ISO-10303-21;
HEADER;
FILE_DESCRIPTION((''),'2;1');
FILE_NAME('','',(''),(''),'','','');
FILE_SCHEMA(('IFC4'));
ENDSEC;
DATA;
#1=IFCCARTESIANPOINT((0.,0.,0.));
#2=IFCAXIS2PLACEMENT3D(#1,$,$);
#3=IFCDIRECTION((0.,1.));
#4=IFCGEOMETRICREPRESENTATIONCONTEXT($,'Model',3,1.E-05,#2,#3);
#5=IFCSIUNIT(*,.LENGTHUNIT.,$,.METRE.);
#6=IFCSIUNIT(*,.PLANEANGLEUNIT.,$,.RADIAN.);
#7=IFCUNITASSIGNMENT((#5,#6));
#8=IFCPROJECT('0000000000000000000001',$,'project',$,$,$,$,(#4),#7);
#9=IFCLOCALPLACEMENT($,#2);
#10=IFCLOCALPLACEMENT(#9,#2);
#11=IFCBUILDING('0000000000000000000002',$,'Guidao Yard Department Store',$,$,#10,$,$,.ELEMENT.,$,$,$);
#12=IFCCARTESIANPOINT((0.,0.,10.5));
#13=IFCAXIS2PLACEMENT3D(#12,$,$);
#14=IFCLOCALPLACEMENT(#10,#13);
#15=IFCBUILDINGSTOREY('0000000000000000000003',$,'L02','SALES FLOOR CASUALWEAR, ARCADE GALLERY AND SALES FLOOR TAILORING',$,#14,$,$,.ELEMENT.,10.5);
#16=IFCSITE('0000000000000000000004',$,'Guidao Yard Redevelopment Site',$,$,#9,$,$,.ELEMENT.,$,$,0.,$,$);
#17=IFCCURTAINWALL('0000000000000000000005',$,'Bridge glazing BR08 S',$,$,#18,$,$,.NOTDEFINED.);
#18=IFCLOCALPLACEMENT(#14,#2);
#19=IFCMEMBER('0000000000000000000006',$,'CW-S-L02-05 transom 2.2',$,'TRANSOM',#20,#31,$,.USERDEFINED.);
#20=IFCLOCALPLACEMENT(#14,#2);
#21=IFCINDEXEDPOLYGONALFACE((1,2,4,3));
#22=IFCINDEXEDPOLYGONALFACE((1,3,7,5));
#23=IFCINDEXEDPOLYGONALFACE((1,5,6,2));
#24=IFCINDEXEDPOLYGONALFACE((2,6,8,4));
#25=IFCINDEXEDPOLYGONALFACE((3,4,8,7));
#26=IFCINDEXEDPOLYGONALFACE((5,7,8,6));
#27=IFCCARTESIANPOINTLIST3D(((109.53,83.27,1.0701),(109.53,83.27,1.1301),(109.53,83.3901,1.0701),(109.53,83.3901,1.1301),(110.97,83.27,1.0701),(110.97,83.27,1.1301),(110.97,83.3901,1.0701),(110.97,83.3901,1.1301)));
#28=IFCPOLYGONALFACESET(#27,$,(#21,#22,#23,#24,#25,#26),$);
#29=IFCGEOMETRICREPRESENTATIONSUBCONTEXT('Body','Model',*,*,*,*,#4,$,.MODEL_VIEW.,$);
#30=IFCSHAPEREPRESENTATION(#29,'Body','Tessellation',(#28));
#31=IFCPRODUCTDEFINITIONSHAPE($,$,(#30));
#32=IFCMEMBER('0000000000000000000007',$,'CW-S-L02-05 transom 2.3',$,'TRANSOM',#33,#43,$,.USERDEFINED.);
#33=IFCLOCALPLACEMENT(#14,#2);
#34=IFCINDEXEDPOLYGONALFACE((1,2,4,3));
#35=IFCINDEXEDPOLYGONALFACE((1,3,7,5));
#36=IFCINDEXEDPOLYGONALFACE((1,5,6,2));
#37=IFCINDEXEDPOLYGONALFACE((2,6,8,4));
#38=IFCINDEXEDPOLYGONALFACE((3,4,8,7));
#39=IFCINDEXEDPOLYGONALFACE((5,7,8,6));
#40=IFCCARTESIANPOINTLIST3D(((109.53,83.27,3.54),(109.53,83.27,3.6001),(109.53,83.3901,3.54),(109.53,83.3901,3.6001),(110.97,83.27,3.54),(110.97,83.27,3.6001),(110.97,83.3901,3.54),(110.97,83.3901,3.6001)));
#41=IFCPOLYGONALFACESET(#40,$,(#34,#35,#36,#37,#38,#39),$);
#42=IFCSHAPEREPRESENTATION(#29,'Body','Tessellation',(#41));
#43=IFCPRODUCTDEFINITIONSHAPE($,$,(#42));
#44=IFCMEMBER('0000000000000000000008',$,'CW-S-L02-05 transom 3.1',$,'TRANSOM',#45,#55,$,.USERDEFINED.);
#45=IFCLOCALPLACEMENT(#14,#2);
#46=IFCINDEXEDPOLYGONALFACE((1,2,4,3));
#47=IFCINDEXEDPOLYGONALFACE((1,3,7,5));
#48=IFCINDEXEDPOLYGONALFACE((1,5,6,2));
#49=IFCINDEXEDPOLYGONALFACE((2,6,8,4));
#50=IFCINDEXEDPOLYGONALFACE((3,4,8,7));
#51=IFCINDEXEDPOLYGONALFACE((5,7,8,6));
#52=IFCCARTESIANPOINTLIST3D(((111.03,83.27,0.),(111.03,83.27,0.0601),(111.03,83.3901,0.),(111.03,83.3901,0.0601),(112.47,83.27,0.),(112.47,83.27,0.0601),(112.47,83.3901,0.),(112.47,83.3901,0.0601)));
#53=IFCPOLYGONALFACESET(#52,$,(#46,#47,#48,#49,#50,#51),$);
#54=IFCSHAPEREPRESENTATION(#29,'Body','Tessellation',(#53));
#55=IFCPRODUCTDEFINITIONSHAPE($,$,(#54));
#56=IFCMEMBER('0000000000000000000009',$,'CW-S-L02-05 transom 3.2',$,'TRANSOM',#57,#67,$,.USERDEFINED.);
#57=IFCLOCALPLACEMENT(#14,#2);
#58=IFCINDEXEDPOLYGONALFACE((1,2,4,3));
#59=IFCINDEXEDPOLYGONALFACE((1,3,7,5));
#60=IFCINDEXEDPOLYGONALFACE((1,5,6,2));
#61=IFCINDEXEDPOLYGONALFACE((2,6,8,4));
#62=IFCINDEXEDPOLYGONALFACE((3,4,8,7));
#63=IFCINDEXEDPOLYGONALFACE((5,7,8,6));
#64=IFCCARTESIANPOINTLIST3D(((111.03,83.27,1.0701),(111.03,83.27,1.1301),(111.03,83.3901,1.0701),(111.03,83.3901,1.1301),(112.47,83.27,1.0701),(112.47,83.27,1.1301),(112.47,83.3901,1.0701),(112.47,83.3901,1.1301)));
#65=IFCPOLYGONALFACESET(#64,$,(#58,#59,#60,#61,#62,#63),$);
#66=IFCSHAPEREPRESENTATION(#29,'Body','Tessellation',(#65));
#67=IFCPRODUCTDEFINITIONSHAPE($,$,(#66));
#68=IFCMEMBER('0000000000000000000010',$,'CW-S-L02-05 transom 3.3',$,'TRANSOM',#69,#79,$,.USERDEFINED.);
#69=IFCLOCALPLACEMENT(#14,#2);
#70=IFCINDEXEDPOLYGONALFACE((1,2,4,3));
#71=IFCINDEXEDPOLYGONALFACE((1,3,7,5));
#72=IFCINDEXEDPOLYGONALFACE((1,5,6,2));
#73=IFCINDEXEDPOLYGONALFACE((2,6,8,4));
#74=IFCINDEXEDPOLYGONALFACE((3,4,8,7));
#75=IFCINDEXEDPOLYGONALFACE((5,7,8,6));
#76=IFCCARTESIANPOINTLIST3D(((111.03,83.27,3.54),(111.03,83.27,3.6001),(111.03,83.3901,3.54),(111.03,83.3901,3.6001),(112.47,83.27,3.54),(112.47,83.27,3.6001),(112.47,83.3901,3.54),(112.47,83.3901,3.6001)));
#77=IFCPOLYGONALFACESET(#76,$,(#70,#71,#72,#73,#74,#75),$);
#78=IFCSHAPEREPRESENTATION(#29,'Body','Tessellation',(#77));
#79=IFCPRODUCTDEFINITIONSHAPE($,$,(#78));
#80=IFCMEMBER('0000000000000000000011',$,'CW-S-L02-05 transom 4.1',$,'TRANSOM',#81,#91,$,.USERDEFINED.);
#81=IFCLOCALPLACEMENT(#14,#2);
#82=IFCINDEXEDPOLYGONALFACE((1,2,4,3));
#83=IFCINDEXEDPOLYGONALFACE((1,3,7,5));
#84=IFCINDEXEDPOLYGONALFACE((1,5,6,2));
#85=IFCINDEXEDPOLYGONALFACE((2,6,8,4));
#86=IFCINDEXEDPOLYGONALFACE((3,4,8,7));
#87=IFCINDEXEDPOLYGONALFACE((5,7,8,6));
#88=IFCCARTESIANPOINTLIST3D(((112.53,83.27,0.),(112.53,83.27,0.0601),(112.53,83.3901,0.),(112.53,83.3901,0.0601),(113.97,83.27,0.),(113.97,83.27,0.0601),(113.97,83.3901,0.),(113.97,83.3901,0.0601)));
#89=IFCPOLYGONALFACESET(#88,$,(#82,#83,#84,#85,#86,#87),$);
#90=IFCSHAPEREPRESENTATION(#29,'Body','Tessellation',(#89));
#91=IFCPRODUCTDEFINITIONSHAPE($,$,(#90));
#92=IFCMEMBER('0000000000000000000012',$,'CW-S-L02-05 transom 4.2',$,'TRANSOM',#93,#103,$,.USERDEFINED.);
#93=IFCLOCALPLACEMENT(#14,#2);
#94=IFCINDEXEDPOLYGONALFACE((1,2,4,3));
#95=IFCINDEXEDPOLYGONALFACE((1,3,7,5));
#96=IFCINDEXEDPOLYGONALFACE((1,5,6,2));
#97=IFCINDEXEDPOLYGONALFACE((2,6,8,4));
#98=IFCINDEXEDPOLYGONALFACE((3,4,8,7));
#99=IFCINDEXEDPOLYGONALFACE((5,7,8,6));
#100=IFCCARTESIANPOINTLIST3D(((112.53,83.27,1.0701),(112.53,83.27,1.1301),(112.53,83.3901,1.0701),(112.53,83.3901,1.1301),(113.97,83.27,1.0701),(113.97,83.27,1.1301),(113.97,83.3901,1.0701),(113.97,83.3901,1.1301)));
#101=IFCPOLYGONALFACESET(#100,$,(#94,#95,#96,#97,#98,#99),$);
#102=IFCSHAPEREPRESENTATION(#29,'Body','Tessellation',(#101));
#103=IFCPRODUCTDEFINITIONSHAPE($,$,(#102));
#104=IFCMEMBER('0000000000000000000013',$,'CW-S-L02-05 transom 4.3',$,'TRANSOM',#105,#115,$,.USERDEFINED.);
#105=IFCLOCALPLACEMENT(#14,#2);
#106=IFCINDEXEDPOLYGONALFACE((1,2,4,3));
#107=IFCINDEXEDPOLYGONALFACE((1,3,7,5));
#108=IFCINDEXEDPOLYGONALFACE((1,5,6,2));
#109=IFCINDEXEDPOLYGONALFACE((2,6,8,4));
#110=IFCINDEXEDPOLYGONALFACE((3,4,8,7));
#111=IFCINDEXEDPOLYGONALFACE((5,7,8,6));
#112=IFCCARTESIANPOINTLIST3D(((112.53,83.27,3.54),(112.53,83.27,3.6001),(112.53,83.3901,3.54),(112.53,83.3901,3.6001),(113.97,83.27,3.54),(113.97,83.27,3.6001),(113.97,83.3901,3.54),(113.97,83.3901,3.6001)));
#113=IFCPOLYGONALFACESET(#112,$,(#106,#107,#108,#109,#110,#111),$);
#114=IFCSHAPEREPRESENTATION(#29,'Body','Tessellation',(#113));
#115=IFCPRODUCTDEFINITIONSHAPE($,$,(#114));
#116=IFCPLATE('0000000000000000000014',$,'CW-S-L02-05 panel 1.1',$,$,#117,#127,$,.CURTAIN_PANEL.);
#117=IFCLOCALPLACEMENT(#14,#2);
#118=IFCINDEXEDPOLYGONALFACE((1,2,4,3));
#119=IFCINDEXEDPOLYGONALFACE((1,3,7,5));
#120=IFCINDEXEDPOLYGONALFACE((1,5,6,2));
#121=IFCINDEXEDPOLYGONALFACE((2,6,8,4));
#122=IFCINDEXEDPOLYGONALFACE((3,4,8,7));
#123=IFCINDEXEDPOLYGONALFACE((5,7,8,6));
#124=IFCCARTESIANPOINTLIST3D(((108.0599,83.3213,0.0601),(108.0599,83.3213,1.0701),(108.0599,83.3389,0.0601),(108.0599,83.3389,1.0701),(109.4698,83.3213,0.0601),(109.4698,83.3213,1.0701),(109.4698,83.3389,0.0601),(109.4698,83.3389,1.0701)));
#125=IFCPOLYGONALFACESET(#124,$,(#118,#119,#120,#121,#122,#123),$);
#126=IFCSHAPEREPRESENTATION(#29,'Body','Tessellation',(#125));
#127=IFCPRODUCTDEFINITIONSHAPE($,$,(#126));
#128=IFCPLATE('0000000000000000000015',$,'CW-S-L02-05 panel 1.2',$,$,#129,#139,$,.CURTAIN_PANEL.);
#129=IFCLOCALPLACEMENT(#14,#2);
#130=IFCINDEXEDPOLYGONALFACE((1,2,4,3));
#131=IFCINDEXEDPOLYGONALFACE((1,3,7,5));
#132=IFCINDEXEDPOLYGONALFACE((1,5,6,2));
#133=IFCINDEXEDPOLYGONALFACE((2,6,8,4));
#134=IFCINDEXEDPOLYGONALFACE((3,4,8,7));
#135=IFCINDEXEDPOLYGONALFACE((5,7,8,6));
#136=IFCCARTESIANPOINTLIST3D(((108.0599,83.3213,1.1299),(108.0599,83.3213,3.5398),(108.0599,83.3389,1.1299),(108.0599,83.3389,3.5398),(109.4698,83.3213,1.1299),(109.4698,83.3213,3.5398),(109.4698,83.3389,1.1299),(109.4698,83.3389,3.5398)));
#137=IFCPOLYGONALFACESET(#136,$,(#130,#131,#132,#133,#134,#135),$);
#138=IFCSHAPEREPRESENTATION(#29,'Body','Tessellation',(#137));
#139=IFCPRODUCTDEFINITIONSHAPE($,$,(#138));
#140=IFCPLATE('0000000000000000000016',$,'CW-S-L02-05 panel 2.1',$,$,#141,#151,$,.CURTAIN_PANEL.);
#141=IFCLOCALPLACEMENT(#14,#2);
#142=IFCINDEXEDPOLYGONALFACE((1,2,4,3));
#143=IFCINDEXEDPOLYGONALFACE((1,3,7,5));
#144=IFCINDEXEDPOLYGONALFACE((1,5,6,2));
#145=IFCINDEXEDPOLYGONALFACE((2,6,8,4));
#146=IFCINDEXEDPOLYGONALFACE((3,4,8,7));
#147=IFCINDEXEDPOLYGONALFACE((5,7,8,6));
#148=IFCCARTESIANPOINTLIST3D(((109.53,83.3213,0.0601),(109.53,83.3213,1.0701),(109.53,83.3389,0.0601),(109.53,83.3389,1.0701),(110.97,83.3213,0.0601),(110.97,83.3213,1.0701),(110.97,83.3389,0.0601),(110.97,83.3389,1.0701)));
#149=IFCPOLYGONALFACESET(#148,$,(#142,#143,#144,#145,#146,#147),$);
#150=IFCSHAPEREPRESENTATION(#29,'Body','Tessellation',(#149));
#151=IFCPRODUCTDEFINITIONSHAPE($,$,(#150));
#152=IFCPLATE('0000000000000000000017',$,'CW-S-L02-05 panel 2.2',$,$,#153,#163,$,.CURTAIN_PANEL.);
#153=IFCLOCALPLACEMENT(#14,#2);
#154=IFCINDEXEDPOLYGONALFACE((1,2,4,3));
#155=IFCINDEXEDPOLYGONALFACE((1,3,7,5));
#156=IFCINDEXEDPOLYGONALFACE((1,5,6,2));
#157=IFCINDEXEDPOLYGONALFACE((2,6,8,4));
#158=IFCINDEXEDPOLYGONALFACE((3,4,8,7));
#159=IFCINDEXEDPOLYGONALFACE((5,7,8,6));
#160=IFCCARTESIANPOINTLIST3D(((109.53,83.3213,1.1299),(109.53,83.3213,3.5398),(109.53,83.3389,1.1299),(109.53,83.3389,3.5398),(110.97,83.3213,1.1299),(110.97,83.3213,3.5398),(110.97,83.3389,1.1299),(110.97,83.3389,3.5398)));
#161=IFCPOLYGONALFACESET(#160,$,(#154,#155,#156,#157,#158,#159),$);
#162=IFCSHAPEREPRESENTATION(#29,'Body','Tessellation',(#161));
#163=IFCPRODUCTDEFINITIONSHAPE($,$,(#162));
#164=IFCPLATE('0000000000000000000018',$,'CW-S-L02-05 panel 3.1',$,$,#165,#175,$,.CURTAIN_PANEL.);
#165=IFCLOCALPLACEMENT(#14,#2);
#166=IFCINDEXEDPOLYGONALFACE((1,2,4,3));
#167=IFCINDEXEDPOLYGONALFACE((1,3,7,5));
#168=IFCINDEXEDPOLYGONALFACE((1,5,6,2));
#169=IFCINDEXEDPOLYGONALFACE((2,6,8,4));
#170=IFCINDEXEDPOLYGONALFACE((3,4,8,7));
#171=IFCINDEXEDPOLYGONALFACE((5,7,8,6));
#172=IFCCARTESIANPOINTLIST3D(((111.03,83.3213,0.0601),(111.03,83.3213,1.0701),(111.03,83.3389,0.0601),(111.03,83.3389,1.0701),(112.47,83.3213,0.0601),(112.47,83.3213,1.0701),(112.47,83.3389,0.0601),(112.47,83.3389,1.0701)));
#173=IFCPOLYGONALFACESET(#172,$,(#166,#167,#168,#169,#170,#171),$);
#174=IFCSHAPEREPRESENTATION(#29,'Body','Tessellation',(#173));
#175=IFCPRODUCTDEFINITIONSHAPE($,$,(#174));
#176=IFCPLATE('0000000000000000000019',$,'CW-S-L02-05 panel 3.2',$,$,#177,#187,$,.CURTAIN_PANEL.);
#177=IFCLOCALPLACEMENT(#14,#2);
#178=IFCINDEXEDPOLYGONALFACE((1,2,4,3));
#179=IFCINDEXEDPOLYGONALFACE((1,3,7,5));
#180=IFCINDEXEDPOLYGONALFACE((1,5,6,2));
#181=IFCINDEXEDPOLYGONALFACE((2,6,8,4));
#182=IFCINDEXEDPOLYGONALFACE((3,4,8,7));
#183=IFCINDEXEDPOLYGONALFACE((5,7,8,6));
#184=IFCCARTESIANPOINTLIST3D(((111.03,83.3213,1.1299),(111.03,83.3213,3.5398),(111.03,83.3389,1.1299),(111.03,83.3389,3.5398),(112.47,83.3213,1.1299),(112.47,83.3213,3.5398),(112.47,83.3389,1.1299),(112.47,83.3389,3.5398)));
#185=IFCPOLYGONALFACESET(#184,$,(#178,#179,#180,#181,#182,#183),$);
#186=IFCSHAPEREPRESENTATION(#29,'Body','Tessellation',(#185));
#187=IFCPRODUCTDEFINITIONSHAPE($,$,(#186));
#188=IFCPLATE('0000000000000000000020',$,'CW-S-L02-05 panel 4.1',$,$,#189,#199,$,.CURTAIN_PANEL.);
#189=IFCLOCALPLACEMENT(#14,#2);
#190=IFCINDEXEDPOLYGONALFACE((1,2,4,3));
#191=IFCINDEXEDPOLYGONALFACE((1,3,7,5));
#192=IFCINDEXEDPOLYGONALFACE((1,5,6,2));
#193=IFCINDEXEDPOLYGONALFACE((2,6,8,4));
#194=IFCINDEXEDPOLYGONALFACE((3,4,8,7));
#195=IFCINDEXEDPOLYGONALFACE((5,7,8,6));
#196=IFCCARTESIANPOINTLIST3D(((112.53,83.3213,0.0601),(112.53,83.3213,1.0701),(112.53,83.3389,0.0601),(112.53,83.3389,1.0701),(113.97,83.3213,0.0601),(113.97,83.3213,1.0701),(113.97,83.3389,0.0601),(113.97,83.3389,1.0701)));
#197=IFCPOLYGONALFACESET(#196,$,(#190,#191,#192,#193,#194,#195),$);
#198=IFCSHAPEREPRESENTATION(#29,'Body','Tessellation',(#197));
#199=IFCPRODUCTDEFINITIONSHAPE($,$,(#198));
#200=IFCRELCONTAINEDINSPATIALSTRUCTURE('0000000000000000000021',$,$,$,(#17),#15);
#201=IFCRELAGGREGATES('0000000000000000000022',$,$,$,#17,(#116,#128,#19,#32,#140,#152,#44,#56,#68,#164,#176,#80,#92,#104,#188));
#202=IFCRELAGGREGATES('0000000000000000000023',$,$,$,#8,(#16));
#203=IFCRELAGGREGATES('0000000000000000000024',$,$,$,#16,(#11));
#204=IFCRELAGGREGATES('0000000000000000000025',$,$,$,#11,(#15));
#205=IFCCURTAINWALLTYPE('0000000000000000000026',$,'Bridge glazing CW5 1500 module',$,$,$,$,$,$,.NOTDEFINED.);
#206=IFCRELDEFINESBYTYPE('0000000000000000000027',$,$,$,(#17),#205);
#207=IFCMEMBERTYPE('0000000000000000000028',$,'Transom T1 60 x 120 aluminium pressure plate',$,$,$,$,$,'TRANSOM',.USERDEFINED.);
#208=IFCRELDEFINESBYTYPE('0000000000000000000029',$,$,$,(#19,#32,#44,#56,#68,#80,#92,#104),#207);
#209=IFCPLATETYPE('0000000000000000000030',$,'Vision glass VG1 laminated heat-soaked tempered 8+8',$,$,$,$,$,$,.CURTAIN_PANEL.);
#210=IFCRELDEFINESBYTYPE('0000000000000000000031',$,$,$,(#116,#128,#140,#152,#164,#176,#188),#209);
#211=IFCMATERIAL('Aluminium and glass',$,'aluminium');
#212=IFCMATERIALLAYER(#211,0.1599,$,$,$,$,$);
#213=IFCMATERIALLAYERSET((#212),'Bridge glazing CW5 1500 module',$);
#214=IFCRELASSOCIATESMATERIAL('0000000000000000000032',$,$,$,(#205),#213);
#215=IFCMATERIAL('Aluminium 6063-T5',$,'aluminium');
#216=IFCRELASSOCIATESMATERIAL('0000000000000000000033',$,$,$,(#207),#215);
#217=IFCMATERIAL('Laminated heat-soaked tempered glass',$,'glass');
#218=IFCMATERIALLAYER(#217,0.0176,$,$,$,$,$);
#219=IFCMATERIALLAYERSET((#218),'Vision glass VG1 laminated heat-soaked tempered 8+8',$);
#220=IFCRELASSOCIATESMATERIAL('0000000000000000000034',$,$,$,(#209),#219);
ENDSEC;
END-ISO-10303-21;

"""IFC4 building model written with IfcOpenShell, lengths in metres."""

from ifc_helpers import new_model, si_unit, direction, frame, origin, origin_2d, place, context, subcontext, project, spatial, rectangle, extrude, material, layer, layer_set, material_profile, profile_set, type_object, element, aggregate, save


model = new_model("IFC4")

# Units and contexts
model_context = context("Model", 3, precision=1e-05, world=origin(), true_north=direction((0.0, 1.0)))
body_context = subcontext(model_context, "Body", "Model", "MODEL_VIEW")
ifc_project = project(units=[si_unit("LENGTHUNIT", "METRE"), si_unit("PLANEANGLEUNIT", "RADIAN")], contexts=[model_context])

# Site, building, storey
site_placement = place(None, origin())
site = spatial("IfcSite", under=ifc_project, at=site_placement, Name="Guidao Yard Redevelopment Site", CompositionType="ELEMENT", RefElevation=0.0)
building_placement = place(site_placement, origin())
building = spatial("IfcBuilding", under=site, at=building_placement, Name="Guidao Yard Department Store", CompositionType="ELEMENT")
storey_placement = place(building_placement, frame((0.0, 0.0, 10.5)))
storey = spatial("IfcBuildingStorey", under=building, at=storey_placement, Name="L02", Description="SALES FLOOR CASUALWEAR, ARCADE GALLERY AND SALES FLOOR TAILORING", CompositionType="ELEMENT", Elevation=10.5)

# Curtain wall, members, plates
ifc_material_1 = material(Name="Aluminium and glass", Category="aluminium")
ifc_layer_1 = layer(ifc_material_1, 0.1599)
ifc_layer_set_1 = layer_set([ifc_layer_1], Name="Bridge glazing CW5 1500 module")
curtain_wall_type = type_object("IfcCurtainWallType", Name="Bridge glazing CW5 1500 module", PredefinedType="NOTDEFINED", material=ifc_layer_set_1)
curtain_wall_placement = place(storey_placement, origin())
curtain_wall = element("IfcCurtainWall", 1, at=curtain_wall_placement, inside=storey, type_object=curtain_wall_type, Name="Bridge glazing BR08 S", PredefinedType="NOTDEFINED")
ifc_material_2 = material(Name="Aluminium 6063-T5", Category="aluminium")
ifc_material_profile_1 = material_profile(ifc_material_2, rectangle(XDim=0.1201, YDim=0.0601, at=origin_2d()), Name="Transom T1 60 x 120 aluminium pressure plate")
ifc_profile_set_1 = profile_set([ifc_material_profile_1], Name="Aluminium 6063-T5")
member_type_1 = type_object("IfcMemberType", Name="Transom T1 60 x 120 aluminium pressure plate", ElementType="TRANSOM", PredefinedType="USERDEFINED", material=ifc_profile_set_1)
member_1_placement = place(storey_placement, frame((110.97, 83.3301, 1.1001), z_axis=(-1.0, 0.0, 0.0), x_axis=(0.0, -1.0, 0.0)))
member_1 = element("IfcMember", 2, at=member_1_placement, type_object=member_type_1, Name="CW-S-L02-05 transom 2.2", ObjectType="TRANSOM", PredefinedType="USERDEFINED", context=body_context, shape_type="SweptSolid", body=[
    extrude(rectangle(XDim=0.1201, YDim=0.0601, at=origin_2d()), origin(), (0.0, 0.0, 1.0), 1.4399),
])
member_2_placement = place(storey_placement, frame((110.97, 83.3301, 3.5701), z_axis=(-1.0, 0.0, 0.0), x_axis=(0.0, -1.0, 0.0)))
member_2 = element("IfcMember", 3, at=member_2_placement, type_object=member_type_1, Name="CW-S-L02-05 transom 2.3", ObjectType="TRANSOM", PredefinedType="USERDEFINED", context=body_context, shape_type="SweptSolid", body=[
    extrude(rectangle(XDim=0.1201, YDim=0.0601, at=origin_2d()), origin(), (0.0, 0.0, 1.0), 1.4399),
])
member_3_placement = place(storey_placement, frame((112.47, 83.3301, 0.03), z_axis=(-1.0, 0.0, 0.0), x_axis=(0.0, -1.0, 0.0)))
member_3 = element("IfcMember", 4, at=member_3_placement, type_object=member_type_1, Name="CW-S-L02-05 transom 3.1", ObjectType="TRANSOM", PredefinedType="USERDEFINED", context=body_context, shape_type="SweptSolid", body=[
    extrude(rectangle(XDim=0.1201, YDim=0.0601, at=origin_2d()), origin(), (0.0, 0.0, 1.0), 1.4399),
])
member_4_placement = place(storey_placement, frame((112.47, 83.3301, 1.1001), z_axis=(-1.0, 0.0, 0.0), x_axis=(0.0, -1.0, 0.0)))
member_4 = element("IfcMember", 5, at=member_4_placement, type_object=member_type_1, Name="CW-S-L02-05 transom 3.2", ObjectType="TRANSOM", PredefinedType="USERDEFINED", context=body_context, shape_type="SweptSolid", body=[
    extrude(rectangle(XDim=0.1201, YDim=0.0601, at=origin_2d()), origin(), (0.0, 0.0, 1.0), 1.4399),
])
member_5_placement = place(storey_placement, frame((112.47, 83.3301, 3.5701), z_axis=(-1.0, 0.0, 0.0), x_axis=(0.0, -1.0, 0.0)))
member_5 = element("IfcMember", 6, at=member_5_placement, type_object=member_type_1, Name="CW-S-L02-05 transom 3.3", ObjectType="TRANSOM", PredefinedType="USERDEFINED", context=body_context, shape_type="SweptSolid", body=[
    extrude(rectangle(XDim=0.1201, YDim=0.0601, at=origin_2d()), origin(), (0.0, 0.0, 1.0), 1.4399),
])
member_6_placement = place(storey_placement, frame((113.97, 83.3301, 0.03), z_axis=(-1.0, 0.0, 0.0), x_axis=(0.0, -1.0, 0.0)))
member_6 = element("IfcMember", 7, at=member_6_placement, type_object=member_type_1, Name="CW-S-L02-05 transom 4.1", ObjectType="TRANSOM", PredefinedType="USERDEFINED", context=body_context, shape_type="SweptSolid", body=[
    extrude(rectangle(XDim=0.1201, YDim=0.0601, at=origin_2d()), origin(), (0.0, 0.0, 1.0), 1.4399),
])
member_7_placement = place(storey_placement, frame((113.97, 83.3301, 1.1001), z_axis=(-1.0, 0.0, 0.0), x_axis=(0.0, -1.0, 0.0)))
member_7 = element("IfcMember", 8, at=member_7_placement, type_object=member_type_1, Name="CW-S-L02-05 transom 4.2", ObjectType="TRANSOM", PredefinedType="USERDEFINED", context=body_context, shape_type="SweptSolid", body=[
    extrude(rectangle(XDim=0.1201, YDim=0.0601, at=origin_2d()), origin(), (0.0, 0.0, 1.0), 1.4399),
])
member_8_placement = place(storey_placement, frame((113.97, 83.3301, 3.5701), z_axis=(-1.0, 0.0, 0.0), x_axis=(0.0, -1.0, 0.0)))
member_8 = element("IfcMember", 9, at=member_8_placement, type_object=member_type_1, Name="CW-S-L02-05 transom 4.3", ObjectType="TRANSOM", PredefinedType="USERDEFINED", context=body_context, shape_type="SweptSolid", body=[
    extrude(rectangle(XDim=0.1201, YDim=0.0601, at=origin_2d()), origin(), (0.0, 0.0, 1.0), 1.4399),
])
ifc_material_3 = material(Name="Laminated heat-soaked tempered glass", Category="glass")
ifc_layer_2 = layer(ifc_material_3, 0.0176)
ifc_layer_set_2 = layer_set([ifc_layer_2], Name="Vision glass VG1 laminated heat-soaked tempered 8+8")
plate_type = type_object("IfcPlateType", Name="Vision glass VG1 laminated heat-soaked tempered 8+8", PredefinedType="CURTAIN_PANEL", material=ifc_layer_set_2)
plate_1_placement = place(storey_placement, frame((108.7649, 83.3301, 0.0601), z_axis=(0.0, 0.0, 1.0), x_axis=(-1.0, 0.0, 0.0)))
plate_1 = element("IfcPlate", 10, at=plate_1_placement, type_object=plate_type, Name="CW-S-L02-05 panel 1.1", PredefinedType="CURTAIN_PANEL", context=body_context, shape_type="SweptSolid", body=[
    extrude(rectangle(XDim=1.4099, YDim=0.0176, at=origin_2d()), origin(), (0.0, 0.0, 1.0), 1.01),
])
plate_2_placement = place(storey_placement, frame((108.7649, 83.3301, 1.1299), z_axis=(0.0, 0.0, 1.0), x_axis=(-1.0, 0.0, 0.0)))
plate_2 = element("IfcPlate", 11, at=plate_2_placement, type_object=plate_type, Name="CW-S-L02-05 panel 1.2", PredefinedType="CURTAIN_PANEL", context=body_context, shape_type="SweptSolid", body=[
    extrude(rectangle(XDim=1.4099, YDim=0.0176, at=origin_2d()), origin(), (0.0, 0.0, 1.0), 2.4099),
])
plate_3_placement = place(storey_placement, frame((110.25, 83.3301, 0.0601), z_axis=(0.0, 0.0, 1.0), x_axis=(-1.0, 0.0, 0.0)))
plate_3 = element("IfcPlate", 12, at=plate_3_placement, type_object=plate_type, Name="CW-S-L02-05 panel 2.1", PredefinedType="CURTAIN_PANEL", context=body_context, shape_type="SweptSolid", body=[
    extrude(rectangle(XDim=1.4399, YDim=0.0176, at=origin_2d()), origin(), (0.0, 0.0, 1.0), 1.01),
])
plate_4_placement = place(storey_placement, frame((110.25, 83.3301, 1.1299), z_axis=(0.0, 0.0, 1.0), x_axis=(-1.0, 0.0, 0.0)))
plate_4 = element("IfcPlate", 13, at=plate_4_placement, type_object=plate_type, Name="CW-S-L02-05 panel 2.2", PredefinedType="CURTAIN_PANEL", context=body_context, shape_type="SweptSolid", body=[
    extrude(rectangle(XDim=1.4399, YDim=0.0176, at=origin_2d()), origin(), (0.0, 0.0, 1.0), 2.4099),
])
plate_5_placement = place(storey_placement, frame((111.75, 83.3301, 0.0601), z_axis=(0.0, 0.0, 1.0), x_axis=(-1.0, 0.0, 0.0)))
plate_5 = element("IfcPlate", 14, at=plate_5_placement, type_object=plate_type, Name="CW-S-L02-05 panel 3.1", PredefinedType="CURTAIN_PANEL", context=body_context, shape_type="SweptSolid", body=[
    extrude(rectangle(XDim=1.4399, YDim=0.0176, at=origin_2d()), origin(), (0.0, 0.0, 1.0), 1.01),
])
plate_6_placement = place(storey_placement, frame((111.75, 83.3301, 1.1299), z_axis=(0.0, 0.0, 1.0), x_axis=(-1.0, 0.0, 0.0)))
plate_6 = element("IfcPlate", 15, at=plate_6_placement, type_object=plate_type, Name="CW-S-L02-05 panel 3.2", PredefinedType="CURTAIN_PANEL", context=body_context, shape_type="SweptSolid", body=[
    extrude(rectangle(XDim=1.4399, YDim=0.0176, at=origin_2d()), origin(), (0.0, 0.0, 1.0), 2.4099),
])
plate_7_placement = place(storey_placement, frame((113.25, 83.3301, 0.0601), z_axis=(0.0, 0.0, 1.0), x_axis=(-1.0, 0.0, 0.0)))
plate_7 = element("IfcPlate", 16, at=plate_7_placement, type_object=plate_type, Name="CW-S-L02-05 panel 4.1", PredefinedType="CURTAIN_PANEL", context=body_context, shape_type="SweptSolid", body=[
    extrude(rectangle(XDim=1.4399, YDim=0.0176, at=origin_2d()), origin(), (0.0, 0.0, 1.0), 1.01),
])
aggregate(curtain_wall, [plate_1, plate_2, member_1, member_2, plate_3, plate_4, member_3, member_4, member_5, plate_5, plate_6, member_6, member_7, member_8, plate_7])

save(model, "model.ifc")
